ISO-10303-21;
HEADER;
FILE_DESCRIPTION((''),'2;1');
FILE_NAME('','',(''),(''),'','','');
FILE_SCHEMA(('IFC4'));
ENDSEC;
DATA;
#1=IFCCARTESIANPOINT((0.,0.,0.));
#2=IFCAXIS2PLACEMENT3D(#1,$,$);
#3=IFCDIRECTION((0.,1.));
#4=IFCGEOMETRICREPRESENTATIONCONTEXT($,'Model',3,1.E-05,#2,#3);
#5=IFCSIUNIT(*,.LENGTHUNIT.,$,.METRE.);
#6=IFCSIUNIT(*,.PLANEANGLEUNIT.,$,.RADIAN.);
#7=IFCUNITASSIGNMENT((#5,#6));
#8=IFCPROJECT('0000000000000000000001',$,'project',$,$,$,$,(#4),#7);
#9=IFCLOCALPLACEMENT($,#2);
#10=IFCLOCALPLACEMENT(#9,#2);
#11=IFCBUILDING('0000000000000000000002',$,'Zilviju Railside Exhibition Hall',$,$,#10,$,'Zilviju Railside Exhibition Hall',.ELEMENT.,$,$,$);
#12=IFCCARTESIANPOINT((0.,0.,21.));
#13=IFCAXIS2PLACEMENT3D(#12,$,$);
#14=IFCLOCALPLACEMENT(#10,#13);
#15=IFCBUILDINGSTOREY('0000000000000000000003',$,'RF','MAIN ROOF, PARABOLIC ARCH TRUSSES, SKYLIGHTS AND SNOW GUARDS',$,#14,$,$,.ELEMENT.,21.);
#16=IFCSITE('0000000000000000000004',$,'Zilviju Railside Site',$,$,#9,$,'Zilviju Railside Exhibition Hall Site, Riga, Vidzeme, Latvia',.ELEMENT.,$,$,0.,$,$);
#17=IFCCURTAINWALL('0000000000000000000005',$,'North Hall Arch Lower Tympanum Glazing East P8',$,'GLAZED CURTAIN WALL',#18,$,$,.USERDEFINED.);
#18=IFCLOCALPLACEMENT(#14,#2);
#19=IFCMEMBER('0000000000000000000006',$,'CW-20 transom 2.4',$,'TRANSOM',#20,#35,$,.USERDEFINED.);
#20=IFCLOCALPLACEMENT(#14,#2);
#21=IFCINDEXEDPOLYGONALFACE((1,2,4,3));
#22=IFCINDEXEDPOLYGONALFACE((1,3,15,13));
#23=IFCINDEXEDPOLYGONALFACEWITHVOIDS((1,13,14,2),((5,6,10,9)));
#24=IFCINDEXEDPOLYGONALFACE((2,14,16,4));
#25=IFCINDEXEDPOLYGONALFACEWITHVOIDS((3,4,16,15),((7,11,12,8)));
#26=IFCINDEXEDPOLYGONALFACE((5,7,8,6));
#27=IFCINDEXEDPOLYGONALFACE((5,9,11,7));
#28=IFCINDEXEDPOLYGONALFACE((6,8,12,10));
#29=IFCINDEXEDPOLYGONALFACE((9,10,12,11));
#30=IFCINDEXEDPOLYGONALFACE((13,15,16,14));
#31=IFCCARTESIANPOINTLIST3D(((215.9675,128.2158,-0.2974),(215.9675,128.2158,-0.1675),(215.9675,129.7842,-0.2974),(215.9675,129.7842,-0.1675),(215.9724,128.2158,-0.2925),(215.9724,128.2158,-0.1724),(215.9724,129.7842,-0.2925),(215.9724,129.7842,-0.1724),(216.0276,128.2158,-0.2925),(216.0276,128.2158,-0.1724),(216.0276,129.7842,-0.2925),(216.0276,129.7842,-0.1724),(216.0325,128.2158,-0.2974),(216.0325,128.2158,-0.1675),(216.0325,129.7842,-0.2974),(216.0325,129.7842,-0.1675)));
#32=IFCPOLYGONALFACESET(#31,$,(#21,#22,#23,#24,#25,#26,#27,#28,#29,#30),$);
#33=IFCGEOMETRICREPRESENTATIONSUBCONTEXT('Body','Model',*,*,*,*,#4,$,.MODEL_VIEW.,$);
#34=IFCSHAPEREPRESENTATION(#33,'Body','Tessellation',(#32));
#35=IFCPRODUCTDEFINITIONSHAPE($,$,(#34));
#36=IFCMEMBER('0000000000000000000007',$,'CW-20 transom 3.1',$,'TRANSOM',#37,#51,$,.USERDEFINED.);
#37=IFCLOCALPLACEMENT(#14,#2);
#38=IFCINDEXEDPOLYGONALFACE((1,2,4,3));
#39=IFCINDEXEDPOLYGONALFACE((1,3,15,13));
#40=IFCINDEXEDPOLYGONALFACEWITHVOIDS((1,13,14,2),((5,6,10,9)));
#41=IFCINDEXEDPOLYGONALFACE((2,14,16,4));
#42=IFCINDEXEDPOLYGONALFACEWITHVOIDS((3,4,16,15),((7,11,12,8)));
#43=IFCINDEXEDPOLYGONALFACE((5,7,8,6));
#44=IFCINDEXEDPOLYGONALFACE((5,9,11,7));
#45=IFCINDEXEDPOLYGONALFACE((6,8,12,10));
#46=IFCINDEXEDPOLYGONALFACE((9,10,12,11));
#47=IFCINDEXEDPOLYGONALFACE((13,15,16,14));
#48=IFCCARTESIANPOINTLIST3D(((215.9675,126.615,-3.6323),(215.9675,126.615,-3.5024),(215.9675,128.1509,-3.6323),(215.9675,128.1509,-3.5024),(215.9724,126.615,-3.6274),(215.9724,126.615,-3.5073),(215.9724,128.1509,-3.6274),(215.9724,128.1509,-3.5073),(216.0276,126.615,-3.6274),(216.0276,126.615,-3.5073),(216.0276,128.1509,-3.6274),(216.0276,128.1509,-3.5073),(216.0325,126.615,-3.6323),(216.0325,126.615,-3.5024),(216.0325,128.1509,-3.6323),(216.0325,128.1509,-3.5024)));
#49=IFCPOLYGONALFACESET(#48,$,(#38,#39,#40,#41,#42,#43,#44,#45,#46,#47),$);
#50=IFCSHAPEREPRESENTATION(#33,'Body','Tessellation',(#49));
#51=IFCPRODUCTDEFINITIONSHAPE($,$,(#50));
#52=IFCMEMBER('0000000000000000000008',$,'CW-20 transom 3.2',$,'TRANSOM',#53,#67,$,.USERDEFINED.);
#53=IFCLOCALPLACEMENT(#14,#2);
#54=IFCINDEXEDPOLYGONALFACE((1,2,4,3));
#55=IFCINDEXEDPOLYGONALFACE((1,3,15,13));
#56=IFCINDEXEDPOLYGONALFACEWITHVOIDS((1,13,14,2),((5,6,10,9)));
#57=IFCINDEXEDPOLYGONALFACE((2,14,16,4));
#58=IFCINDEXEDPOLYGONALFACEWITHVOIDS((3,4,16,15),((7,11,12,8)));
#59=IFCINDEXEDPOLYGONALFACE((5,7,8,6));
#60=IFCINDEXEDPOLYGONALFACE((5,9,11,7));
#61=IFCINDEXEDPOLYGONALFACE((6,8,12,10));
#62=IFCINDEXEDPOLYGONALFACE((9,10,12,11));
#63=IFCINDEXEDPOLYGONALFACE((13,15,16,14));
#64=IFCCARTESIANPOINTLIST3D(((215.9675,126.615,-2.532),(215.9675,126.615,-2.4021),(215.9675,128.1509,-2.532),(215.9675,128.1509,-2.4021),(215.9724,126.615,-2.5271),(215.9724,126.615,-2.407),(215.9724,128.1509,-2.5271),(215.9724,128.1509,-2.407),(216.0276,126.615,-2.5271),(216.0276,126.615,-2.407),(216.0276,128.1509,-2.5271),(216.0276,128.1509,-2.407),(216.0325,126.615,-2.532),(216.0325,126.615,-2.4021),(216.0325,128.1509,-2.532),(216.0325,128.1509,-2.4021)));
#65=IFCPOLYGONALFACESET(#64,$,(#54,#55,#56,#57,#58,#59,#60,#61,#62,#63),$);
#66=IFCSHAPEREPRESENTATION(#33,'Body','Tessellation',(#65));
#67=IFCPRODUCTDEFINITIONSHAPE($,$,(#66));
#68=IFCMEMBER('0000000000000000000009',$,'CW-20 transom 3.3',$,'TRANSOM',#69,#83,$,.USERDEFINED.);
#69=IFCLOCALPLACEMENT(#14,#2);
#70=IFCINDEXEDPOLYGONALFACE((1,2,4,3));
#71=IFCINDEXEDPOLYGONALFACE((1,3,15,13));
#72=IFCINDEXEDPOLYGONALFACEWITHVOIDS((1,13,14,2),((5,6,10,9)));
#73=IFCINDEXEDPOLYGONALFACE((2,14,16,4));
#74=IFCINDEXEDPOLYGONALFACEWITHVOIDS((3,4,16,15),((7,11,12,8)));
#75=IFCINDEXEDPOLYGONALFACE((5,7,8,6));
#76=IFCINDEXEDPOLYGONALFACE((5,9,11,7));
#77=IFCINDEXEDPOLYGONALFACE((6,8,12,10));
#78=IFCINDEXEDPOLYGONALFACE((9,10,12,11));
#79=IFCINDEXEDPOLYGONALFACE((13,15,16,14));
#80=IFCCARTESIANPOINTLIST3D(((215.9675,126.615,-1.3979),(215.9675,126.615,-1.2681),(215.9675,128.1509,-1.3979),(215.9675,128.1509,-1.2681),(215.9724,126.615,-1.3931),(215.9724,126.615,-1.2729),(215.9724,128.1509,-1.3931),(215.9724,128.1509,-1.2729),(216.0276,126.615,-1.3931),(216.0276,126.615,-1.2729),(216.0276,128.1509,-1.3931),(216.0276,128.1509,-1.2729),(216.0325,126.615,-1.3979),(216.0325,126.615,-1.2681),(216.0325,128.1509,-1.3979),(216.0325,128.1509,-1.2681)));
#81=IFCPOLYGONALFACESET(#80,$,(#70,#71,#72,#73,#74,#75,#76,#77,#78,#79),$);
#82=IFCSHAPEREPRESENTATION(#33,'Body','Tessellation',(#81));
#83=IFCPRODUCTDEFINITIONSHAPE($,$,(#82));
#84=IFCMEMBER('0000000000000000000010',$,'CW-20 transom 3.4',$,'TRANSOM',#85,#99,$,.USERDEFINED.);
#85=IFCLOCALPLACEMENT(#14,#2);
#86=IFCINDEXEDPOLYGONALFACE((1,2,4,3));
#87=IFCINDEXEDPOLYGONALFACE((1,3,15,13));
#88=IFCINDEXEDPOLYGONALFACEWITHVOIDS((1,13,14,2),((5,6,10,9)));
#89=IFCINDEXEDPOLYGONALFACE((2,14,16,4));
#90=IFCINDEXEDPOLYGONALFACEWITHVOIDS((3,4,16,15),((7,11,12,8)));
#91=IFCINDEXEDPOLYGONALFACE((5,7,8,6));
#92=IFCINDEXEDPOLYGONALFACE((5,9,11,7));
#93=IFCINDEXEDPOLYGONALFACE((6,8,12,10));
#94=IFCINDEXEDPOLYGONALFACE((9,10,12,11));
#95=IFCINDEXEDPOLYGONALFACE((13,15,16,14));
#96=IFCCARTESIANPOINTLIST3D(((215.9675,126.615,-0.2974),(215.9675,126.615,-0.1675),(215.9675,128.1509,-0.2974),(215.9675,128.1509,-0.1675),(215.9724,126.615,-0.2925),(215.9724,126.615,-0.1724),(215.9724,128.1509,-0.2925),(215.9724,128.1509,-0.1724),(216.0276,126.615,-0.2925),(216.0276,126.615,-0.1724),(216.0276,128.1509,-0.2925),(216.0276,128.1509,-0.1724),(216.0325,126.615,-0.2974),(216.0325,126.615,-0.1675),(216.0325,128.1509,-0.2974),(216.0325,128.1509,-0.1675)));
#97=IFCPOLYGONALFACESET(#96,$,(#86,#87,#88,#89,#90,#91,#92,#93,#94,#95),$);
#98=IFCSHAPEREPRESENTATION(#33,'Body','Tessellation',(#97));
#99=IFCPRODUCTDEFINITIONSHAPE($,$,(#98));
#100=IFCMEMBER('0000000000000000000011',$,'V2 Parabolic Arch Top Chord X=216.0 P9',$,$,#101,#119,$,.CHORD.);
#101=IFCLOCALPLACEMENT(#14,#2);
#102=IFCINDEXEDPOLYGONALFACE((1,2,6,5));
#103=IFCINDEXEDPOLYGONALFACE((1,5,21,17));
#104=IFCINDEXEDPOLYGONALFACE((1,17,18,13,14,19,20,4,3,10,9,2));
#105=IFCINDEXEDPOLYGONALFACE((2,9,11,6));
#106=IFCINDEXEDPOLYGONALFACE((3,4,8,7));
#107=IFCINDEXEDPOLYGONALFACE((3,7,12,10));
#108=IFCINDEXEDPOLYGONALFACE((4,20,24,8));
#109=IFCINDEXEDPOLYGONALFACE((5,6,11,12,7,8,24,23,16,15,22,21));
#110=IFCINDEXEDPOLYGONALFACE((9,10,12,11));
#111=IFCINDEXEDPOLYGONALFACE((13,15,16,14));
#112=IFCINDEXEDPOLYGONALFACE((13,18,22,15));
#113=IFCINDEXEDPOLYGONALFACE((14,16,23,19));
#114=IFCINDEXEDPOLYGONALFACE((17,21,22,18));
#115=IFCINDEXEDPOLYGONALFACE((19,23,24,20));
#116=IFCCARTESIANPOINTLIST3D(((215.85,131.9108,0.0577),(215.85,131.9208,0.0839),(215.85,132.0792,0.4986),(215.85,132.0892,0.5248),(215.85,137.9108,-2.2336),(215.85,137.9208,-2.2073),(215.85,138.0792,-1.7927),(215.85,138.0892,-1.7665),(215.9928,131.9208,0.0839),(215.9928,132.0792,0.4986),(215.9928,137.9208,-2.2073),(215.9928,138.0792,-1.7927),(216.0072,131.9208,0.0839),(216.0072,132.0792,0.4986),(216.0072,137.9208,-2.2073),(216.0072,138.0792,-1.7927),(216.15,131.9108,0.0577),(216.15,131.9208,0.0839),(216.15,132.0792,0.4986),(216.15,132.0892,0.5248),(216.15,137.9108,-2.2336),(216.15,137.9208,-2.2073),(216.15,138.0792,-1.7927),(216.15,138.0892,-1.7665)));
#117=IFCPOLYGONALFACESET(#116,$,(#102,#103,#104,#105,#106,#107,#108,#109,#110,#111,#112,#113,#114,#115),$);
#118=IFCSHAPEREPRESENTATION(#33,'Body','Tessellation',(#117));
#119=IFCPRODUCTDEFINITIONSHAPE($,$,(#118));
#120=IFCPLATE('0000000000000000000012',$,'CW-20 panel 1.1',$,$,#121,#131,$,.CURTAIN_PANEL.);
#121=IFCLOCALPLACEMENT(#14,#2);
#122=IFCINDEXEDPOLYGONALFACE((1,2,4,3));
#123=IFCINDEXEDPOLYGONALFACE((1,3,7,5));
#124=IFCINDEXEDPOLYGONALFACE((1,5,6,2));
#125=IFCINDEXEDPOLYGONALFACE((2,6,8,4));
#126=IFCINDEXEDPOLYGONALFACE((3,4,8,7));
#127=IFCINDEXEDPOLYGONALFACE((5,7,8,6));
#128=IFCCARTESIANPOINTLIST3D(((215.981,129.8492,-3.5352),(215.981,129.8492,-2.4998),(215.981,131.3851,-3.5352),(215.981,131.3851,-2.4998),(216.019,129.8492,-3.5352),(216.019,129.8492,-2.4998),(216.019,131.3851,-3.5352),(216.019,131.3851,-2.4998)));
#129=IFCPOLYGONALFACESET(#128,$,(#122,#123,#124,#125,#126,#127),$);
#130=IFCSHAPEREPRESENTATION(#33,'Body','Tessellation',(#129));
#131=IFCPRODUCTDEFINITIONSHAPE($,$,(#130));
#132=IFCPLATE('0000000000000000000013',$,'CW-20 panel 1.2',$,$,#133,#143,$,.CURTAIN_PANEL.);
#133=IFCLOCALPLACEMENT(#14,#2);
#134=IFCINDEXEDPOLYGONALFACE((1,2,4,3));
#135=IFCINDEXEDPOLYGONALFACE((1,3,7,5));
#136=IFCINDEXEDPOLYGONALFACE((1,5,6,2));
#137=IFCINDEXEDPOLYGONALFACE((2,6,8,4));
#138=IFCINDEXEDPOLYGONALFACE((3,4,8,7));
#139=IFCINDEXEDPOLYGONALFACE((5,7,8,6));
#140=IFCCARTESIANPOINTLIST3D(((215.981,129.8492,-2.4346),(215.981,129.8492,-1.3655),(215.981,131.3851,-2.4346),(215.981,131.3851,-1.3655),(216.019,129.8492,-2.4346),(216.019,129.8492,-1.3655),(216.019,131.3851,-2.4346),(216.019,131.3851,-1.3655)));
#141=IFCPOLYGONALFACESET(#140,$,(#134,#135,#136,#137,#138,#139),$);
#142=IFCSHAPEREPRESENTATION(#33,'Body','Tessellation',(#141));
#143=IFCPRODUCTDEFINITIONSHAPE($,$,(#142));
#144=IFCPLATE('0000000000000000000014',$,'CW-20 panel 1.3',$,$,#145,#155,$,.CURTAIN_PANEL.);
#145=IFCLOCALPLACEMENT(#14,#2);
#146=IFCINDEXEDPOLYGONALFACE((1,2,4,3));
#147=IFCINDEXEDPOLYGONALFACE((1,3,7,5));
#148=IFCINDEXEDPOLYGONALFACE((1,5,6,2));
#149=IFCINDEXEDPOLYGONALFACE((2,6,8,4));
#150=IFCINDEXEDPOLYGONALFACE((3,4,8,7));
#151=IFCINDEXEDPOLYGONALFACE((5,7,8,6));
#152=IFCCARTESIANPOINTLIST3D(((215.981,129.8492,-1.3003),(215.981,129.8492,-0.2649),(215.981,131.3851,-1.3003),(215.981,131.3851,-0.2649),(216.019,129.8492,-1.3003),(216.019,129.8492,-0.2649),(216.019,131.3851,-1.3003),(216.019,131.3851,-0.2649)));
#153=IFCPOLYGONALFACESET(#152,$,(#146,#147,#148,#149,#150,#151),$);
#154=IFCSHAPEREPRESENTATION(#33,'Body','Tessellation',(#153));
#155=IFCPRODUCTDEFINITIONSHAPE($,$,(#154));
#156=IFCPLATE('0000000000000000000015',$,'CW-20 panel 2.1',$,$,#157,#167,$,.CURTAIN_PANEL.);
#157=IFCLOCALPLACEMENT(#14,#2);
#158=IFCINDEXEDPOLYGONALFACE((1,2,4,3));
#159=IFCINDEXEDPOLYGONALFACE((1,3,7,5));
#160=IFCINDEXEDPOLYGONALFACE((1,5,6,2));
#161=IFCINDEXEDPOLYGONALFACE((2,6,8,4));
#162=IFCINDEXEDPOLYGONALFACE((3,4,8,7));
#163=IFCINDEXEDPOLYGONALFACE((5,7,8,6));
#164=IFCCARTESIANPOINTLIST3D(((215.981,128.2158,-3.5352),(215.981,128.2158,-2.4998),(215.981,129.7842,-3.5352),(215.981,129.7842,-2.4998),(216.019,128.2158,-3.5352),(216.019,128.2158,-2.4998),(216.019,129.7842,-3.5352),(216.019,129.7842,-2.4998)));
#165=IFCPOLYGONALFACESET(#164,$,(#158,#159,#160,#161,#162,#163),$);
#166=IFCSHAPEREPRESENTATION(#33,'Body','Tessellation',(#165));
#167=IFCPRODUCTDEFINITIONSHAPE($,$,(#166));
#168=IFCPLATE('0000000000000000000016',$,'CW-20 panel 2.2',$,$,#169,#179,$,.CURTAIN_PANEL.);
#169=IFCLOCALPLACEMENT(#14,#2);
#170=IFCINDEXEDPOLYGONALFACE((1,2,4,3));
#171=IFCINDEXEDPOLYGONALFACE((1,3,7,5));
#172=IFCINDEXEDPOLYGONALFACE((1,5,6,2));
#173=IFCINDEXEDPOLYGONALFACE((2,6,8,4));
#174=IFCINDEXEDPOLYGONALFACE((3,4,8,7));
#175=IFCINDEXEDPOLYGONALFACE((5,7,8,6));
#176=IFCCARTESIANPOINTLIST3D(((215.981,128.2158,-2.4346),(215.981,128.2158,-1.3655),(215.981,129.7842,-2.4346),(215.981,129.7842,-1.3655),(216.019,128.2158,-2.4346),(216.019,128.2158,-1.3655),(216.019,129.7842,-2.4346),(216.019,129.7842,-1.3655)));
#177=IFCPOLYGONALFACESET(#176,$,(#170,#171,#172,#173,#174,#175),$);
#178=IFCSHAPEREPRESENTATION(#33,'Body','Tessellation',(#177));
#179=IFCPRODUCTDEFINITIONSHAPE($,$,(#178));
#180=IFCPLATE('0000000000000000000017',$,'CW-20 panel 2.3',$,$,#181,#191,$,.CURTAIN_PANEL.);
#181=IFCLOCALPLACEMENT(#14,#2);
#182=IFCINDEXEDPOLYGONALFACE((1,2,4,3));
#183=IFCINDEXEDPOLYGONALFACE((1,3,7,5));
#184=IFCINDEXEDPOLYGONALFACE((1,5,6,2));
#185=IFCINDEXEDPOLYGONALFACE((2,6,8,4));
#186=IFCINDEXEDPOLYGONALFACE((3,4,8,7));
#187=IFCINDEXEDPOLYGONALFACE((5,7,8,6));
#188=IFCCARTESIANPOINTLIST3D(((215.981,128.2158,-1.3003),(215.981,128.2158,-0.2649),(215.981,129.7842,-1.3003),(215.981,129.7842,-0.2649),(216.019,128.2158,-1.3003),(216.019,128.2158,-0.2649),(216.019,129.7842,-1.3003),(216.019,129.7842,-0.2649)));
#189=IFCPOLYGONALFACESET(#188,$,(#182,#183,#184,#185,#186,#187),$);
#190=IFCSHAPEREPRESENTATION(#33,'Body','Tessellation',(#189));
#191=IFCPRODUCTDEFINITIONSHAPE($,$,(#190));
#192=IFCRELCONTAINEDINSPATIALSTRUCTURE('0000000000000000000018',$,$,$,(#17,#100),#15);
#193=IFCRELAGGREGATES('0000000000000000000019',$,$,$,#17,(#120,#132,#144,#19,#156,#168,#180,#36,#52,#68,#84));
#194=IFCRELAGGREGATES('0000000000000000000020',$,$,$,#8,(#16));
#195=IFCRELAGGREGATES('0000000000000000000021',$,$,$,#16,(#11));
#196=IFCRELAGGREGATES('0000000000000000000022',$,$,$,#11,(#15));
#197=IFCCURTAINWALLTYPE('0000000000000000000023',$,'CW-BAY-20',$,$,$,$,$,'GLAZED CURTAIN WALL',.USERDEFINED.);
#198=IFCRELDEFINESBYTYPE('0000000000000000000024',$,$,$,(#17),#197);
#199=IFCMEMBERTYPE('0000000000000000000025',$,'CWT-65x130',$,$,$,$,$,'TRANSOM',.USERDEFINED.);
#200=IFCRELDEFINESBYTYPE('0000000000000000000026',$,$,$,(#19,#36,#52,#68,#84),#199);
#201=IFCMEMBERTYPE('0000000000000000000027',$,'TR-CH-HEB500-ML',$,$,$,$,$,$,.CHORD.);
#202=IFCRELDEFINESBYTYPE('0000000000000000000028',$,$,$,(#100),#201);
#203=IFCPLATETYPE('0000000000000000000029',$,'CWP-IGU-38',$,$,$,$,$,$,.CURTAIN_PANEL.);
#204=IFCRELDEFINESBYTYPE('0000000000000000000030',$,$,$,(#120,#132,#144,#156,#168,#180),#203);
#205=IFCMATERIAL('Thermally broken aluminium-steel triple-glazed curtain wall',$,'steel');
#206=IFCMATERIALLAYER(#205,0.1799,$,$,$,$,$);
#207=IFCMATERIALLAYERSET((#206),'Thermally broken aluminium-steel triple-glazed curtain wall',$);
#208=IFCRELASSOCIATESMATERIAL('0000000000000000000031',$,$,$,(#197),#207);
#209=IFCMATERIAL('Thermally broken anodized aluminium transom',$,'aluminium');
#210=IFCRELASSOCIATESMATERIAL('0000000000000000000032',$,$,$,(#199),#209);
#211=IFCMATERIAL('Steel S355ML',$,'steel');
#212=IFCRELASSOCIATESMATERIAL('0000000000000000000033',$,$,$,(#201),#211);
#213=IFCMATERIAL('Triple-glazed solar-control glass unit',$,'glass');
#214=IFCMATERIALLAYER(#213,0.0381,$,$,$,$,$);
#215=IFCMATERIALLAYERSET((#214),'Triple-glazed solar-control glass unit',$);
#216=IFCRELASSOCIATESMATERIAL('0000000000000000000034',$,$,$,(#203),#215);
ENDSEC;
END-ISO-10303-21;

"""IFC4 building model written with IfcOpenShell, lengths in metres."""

from ifc_helpers import new_model, si_unit, direction, frame, origin, origin_2d, place, context, subcontext, project, spatial, rectangle, hollow_rectangle, i_section, extrude, material, layer, layer_set, material_profile, profile_set, type_object, element, aggregate, save


model = new_model("IFC4")

# Units and contexts
model_context = context("Model", 3, precision=1e-05, world=origin(), true_north=direction((0.0, 1.0)))
body_context = subcontext(model_context, "Body", "Model", "MODEL_VIEW")
ifc_project = project(units=[si_unit("LENGTHUNIT", "METRE"), si_unit("PLANEANGLEUNIT", "RADIAN")], contexts=[model_context])

# Site, building, storey
site_placement = place(None, origin())
site = spatial("IfcSite", under=ifc_project, at=site_placement, Name="Zilviju Railside Site", LongName="Zilviju Railside Exhibition Hall Site, Riga, Vidzeme, Latvia", CompositionType="ELEMENT", RefElevation=0.0)
building_placement = place(site_placement, origin())
building = spatial("IfcBuilding", under=site, at=building_placement, Name="Zilviju Railside Exhibition Hall", LongName="Zilviju Railside Exhibition Hall", CompositionType="ELEMENT")
storey_placement = place(building_placement, frame((0.0, 0.0, 21.0)))
storey = spatial("IfcBuildingStorey", under=building, at=storey_placement, Name="RF", Description="MAIN ROOF, PARABOLIC ARCH TRUSSES, SKYLIGHTS AND SNOW GUARDS", CompositionType="ELEMENT", Elevation=21.0)

# Curtain wall, members
ifc_material_1 = material(Name="Thermally broken aluminium-steel triple-glazed curtain wall", Category="steel")
ifc_layer_1 = layer(ifc_material_1, 0.1799)
ifc_layer_set_1 = layer_set([ifc_layer_1], Name="Thermally broken aluminium-steel triple-glazed curtain wall")
curtain_wall_type = type_object("IfcCurtainWallType", Name="CW-BAY-20", ElementType="GLAZED CURTAIN WALL", PredefinedType="USERDEFINED", material=ifc_layer_set_1)
curtain_wall_placement = place(storey_placement, origin())
curtain_wall = element("IfcCurtainWall", 1, at=curtain_wall_placement, inside=storey, type_object=curtain_wall_type, Name="North Hall Arch Lower Tympanum Glazing East P8", ObjectType="GLAZED CURTAIN WALL", PredefinedType="USERDEFINED")
ifc_material_2 = material(Name="Thermally broken anodized aluminium transom", Category="aluminium")
ifc_material_profile_1 = material_profile(ifc_material_2, hollow_rectangle(XDim=0.0649, YDim=0.1299, WallThickness=0.0049, at=origin_2d()), Name="TRANSOM 130x65x5")
ifc_profile_set_1 = profile_set([ifc_material_profile_1], Name="Thermally broken anodized aluminium transom")
member_type_1 = type_object("IfcMemberType", Name="CWT-65x130", ElementType="TRANSOM", PredefinedType="USERDEFINED", material=ifc_profile_set_1)
member_1_placement = place(storey_placement, frame((216.0, 129.7842, -0.2324), z_axis=(0.0, -1.0, 0.0), x_axis=(1.0, 0.0, 0.0)))
member_1 = element("IfcMember", 2, at=member_1_placement, type_object=member_type_1, Name="CW-20 transom 2.4", ObjectType="TRANSOM", PredefinedType="USERDEFINED", context=body_context, shape_type="SweptSolid", body=[
    extrude(hollow_rectangle(XDim=0.0649, YDim=0.1299, WallThickness=0.0049, at=origin_2d()), origin(), (0.0, 0.0, 1.0), 1.5684),
])
member_2_placement = place(storey_placement, frame((216.0, 128.1509, -3.5674), z_axis=(0.0, -1.0, 0.0), x_axis=(1.0, 0.0, 0.0)))
member_2 = element("IfcMember", 3, at=member_2_placement, type_object=member_type_1, Name="CW-20 transom 3.1", ObjectType="TRANSOM", PredefinedType="USERDEFINED", context=body_context, shape_type="SweptSolid", body=[
    extrude(hollow_rectangle(XDim=0.0649, YDim=0.1299, WallThickness=0.0049, at=origin_2d()), origin(), (0.0, 0.0, 1.0), 1.5359),
])
member_3_placement = place(storey_placement, frame((216.0, 128.1509, -2.467), z_axis=(0.0, -1.0, 0.0), x_axis=(1.0, 0.0, 0.0)))
member_3 = element("IfcMember", 4, at=member_3_placement, type_object=member_type_1, Name="CW-20 transom 3.2", ObjectType="TRANSOM", PredefinedType="USERDEFINED", context=body_context, shape_type="SweptSolid", body=[
    extrude(hollow_rectangle(XDim=0.0649, YDim=0.1299, WallThickness=0.0049, at=origin_2d()), origin(), (0.0, 0.0, 1.0), 1.5359),
])
member_4_placement = place(storey_placement, frame((216.0, 128.1509, -1.333), z_axis=(0.0, -1.0, 0.0), x_axis=(1.0, 0.0, 0.0)))
member_4 = element("IfcMember", 5, at=member_4_placement, type_object=member_type_1, Name="CW-20 transom 3.3", ObjectType="TRANSOM", PredefinedType="USERDEFINED", context=body_context, shape_type="SweptSolid", body=[
    extrude(hollow_rectangle(XDim=0.0649, YDim=0.1299, WallThickness=0.0049, at=origin_2d()), origin(), (0.0, 0.0, 1.0), 1.5359),
])
member_5_placement = place(storey_placement, frame((216.0, 128.1509, -0.2324), z_axis=(0.0, -1.0, 0.0), x_axis=(1.0, 0.0, 0.0)))
member_5 = element("IfcMember", 6, at=member_5_placement, type_object=member_type_1, Name="CW-20 transom 3.4", ObjectType="TRANSOM", PredefinedType="USERDEFINED", context=body_context, shape_type="SweptSolid", body=[
    extrude(hollow_rectangle(XDim=0.0649, YDim=0.1299, WallThickness=0.0049, at=origin_2d()), origin(), (0.0, 0.0, 1.0), 1.5359),
])

# Member
ifc_material_3 = material(Name="Steel S355ML", Category="steel")
ifc_material_profile_2 = material_profile(ifc_material_3, i_section(OverallWidth=0.3, OverallDepth=0.5, WebThickness=0.0144, FlangeThickness=0.0281, at=origin_2d()), Name="HEB 500")
ifc_profile_set_2 = profile_set([ifc_material_profile_2], Name="Steel S355ML")
member_type_2 = type_object("IfcMemberType", Name="TR-CH-HEB500-ML", PredefinedType="CHORD", material=ifc_profile_set_2)
member_6_placement = place(storey_placement, frame((216.0, 132.0, 0.2913), z_axis=(0.0, 0.9342, -0.356749), x_axis=(-1.0, 0.0, 0.0)))
element("IfcMember", 7, at=member_6_placement, inside=storey, type_object=member_type_2, Name="V2 Parabolic Arch Top Chord X=216.0 P9", PredefinedType="CHORD", context=body_context, shape_type="SweptSolid", body=[
    extrude(i_section(OverallWidth=0.3, OverallDepth=0.5, WebThickness=0.0144, FlangeThickness=0.0281, at=origin_2d()), origin(), (0.0, 0.0, 1.0), 6.4226),
])

# Plates
ifc_material_4 = material(Name="Triple-glazed solar-control glass unit", Category="glass")
ifc_layer_2 = layer(ifc_material_4, 0.0381)
ifc_layer_set_2 = layer_set([ifc_layer_2], Name="Triple-glazed solar-control glass unit")
plate_type = type_object("IfcPlateType", Name="CWP-IGU-38", PredefinedType="CURTAIN_PANEL", material=ifc_layer_set_2)
plate_1_placement = place(storey_placement, frame((216.0, 130.6172, -3.5352), z_axis=(0.0, 0.0, 1.0), x_axis=(0.0, -1.0, 0.0)))
plate_1 = element("IfcPlate", 8, at=plate_1_placement, type_object=plate_type, Name="CW-20 panel 1.1", PredefinedType="CURTAIN_PANEL", context=body_context, shape_type="SweptSolid", body=[
    extrude(rectangle(XDim=1.5359, YDim=0.0381, at=origin_2d()), origin(), (0.0, 0.0, 1.0), 1.0354),
])
plate_2_placement = place(storey_placement, frame((216.0, 130.6172, -2.4346), z_axis=(0.0, 0.0, 1.0), x_axis=(0.0, -1.0, 0.0)))
plate_2 = element("IfcPlate", 9, at=plate_2_placement, type_object=plate_type, Name="CW-20 panel 1.2", PredefinedType="CURTAIN_PANEL", context=body_context, shape_type="SweptSolid", body=[
    extrude(rectangle(XDim=1.5359, YDim=0.0381, at=origin_2d()), origin(), (0.0, 0.0, 1.0), 1.0691),
])
plate_3_placement = place(storey_placement, frame((216.0, 130.6172, -1.3003), z_axis=(0.0, 0.0, 1.0), x_axis=(0.0, -1.0, 0.0)))
plate_3 = element("IfcPlate", 10, at=plate_3_placement, type_object=plate_type, Name="CW-20 panel 1.3", PredefinedType="CURTAIN_PANEL", context=body_context, shape_type="SweptSolid", body=[
    extrude(rectangle(XDim=1.5359, YDim=0.0381, at=origin_2d()), origin(), (0.0, 0.0, 1.0), 1.0354),
])
plate_4_placement = place(storey_placement, frame((216.0, 129.0, -3.5352), z_axis=(0.0, 0.0, 1.0), x_axis=(0.0, -1.0, 0.0)))
plate_4 = element("IfcPlate", 11, at=plate_4_placement, type_object=plate_type, Name="CW-20 panel 2.1", PredefinedType="CURTAIN_PANEL", context=body_context, shape_type="SweptSolid", body=[
    extrude(rectangle(XDim=1.5684, YDim=0.0381, at=origin_2d()), origin(), (0.0, 0.0, 1.0), 1.0354),
])
plate_5_placement = place(storey_placement, frame((216.0, 129.0, -2.4346), z_axis=(0.0, 0.0, 1.0), x_axis=(0.0, -1.0, 0.0)))
plate_5 = element("IfcPlate", 12, at=plate_5_placement, type_object=plate_type, Name="CW-20 panel 2.2", PredefinedType="CURTAIN_PANEL", context=body_context, shape_type="SweptSolid", body=[
    extrude(rectangle(XDim=1.5684, YDim=0.0381, at=origin_2d()), origin(), (0.0, 0.0, 1.0), 1.0691),
])
plate_6_placement = place(storey_placement, frame((216.0, 129.0, -1.3003), z_axis=(0.0, 0.0, 1.0), x_axis=(0.0, -1.0, 0.0)))
plate_6 = element("IfcPlate", 13, at=plate_6_placement, type_object=plate_type, Name="CW-20 panel 2.3", PredefinedType="CURTAIN_PANEL", context=body_context, shape_type="SweptSolid", body=[
    extrude(rectangle(XDim=1.5684, YDim=0.0381, at=origin_2d()), origin(), (0.0, 0.0, 1.0), 1.0354),
])
aggregate(curtain_wall, [plate_1, plate_2, plate_3, member_1, plate_4, plate_5, plate_6, member_2, member_3, member_4, member_5])

save(model, "model.ifc")
